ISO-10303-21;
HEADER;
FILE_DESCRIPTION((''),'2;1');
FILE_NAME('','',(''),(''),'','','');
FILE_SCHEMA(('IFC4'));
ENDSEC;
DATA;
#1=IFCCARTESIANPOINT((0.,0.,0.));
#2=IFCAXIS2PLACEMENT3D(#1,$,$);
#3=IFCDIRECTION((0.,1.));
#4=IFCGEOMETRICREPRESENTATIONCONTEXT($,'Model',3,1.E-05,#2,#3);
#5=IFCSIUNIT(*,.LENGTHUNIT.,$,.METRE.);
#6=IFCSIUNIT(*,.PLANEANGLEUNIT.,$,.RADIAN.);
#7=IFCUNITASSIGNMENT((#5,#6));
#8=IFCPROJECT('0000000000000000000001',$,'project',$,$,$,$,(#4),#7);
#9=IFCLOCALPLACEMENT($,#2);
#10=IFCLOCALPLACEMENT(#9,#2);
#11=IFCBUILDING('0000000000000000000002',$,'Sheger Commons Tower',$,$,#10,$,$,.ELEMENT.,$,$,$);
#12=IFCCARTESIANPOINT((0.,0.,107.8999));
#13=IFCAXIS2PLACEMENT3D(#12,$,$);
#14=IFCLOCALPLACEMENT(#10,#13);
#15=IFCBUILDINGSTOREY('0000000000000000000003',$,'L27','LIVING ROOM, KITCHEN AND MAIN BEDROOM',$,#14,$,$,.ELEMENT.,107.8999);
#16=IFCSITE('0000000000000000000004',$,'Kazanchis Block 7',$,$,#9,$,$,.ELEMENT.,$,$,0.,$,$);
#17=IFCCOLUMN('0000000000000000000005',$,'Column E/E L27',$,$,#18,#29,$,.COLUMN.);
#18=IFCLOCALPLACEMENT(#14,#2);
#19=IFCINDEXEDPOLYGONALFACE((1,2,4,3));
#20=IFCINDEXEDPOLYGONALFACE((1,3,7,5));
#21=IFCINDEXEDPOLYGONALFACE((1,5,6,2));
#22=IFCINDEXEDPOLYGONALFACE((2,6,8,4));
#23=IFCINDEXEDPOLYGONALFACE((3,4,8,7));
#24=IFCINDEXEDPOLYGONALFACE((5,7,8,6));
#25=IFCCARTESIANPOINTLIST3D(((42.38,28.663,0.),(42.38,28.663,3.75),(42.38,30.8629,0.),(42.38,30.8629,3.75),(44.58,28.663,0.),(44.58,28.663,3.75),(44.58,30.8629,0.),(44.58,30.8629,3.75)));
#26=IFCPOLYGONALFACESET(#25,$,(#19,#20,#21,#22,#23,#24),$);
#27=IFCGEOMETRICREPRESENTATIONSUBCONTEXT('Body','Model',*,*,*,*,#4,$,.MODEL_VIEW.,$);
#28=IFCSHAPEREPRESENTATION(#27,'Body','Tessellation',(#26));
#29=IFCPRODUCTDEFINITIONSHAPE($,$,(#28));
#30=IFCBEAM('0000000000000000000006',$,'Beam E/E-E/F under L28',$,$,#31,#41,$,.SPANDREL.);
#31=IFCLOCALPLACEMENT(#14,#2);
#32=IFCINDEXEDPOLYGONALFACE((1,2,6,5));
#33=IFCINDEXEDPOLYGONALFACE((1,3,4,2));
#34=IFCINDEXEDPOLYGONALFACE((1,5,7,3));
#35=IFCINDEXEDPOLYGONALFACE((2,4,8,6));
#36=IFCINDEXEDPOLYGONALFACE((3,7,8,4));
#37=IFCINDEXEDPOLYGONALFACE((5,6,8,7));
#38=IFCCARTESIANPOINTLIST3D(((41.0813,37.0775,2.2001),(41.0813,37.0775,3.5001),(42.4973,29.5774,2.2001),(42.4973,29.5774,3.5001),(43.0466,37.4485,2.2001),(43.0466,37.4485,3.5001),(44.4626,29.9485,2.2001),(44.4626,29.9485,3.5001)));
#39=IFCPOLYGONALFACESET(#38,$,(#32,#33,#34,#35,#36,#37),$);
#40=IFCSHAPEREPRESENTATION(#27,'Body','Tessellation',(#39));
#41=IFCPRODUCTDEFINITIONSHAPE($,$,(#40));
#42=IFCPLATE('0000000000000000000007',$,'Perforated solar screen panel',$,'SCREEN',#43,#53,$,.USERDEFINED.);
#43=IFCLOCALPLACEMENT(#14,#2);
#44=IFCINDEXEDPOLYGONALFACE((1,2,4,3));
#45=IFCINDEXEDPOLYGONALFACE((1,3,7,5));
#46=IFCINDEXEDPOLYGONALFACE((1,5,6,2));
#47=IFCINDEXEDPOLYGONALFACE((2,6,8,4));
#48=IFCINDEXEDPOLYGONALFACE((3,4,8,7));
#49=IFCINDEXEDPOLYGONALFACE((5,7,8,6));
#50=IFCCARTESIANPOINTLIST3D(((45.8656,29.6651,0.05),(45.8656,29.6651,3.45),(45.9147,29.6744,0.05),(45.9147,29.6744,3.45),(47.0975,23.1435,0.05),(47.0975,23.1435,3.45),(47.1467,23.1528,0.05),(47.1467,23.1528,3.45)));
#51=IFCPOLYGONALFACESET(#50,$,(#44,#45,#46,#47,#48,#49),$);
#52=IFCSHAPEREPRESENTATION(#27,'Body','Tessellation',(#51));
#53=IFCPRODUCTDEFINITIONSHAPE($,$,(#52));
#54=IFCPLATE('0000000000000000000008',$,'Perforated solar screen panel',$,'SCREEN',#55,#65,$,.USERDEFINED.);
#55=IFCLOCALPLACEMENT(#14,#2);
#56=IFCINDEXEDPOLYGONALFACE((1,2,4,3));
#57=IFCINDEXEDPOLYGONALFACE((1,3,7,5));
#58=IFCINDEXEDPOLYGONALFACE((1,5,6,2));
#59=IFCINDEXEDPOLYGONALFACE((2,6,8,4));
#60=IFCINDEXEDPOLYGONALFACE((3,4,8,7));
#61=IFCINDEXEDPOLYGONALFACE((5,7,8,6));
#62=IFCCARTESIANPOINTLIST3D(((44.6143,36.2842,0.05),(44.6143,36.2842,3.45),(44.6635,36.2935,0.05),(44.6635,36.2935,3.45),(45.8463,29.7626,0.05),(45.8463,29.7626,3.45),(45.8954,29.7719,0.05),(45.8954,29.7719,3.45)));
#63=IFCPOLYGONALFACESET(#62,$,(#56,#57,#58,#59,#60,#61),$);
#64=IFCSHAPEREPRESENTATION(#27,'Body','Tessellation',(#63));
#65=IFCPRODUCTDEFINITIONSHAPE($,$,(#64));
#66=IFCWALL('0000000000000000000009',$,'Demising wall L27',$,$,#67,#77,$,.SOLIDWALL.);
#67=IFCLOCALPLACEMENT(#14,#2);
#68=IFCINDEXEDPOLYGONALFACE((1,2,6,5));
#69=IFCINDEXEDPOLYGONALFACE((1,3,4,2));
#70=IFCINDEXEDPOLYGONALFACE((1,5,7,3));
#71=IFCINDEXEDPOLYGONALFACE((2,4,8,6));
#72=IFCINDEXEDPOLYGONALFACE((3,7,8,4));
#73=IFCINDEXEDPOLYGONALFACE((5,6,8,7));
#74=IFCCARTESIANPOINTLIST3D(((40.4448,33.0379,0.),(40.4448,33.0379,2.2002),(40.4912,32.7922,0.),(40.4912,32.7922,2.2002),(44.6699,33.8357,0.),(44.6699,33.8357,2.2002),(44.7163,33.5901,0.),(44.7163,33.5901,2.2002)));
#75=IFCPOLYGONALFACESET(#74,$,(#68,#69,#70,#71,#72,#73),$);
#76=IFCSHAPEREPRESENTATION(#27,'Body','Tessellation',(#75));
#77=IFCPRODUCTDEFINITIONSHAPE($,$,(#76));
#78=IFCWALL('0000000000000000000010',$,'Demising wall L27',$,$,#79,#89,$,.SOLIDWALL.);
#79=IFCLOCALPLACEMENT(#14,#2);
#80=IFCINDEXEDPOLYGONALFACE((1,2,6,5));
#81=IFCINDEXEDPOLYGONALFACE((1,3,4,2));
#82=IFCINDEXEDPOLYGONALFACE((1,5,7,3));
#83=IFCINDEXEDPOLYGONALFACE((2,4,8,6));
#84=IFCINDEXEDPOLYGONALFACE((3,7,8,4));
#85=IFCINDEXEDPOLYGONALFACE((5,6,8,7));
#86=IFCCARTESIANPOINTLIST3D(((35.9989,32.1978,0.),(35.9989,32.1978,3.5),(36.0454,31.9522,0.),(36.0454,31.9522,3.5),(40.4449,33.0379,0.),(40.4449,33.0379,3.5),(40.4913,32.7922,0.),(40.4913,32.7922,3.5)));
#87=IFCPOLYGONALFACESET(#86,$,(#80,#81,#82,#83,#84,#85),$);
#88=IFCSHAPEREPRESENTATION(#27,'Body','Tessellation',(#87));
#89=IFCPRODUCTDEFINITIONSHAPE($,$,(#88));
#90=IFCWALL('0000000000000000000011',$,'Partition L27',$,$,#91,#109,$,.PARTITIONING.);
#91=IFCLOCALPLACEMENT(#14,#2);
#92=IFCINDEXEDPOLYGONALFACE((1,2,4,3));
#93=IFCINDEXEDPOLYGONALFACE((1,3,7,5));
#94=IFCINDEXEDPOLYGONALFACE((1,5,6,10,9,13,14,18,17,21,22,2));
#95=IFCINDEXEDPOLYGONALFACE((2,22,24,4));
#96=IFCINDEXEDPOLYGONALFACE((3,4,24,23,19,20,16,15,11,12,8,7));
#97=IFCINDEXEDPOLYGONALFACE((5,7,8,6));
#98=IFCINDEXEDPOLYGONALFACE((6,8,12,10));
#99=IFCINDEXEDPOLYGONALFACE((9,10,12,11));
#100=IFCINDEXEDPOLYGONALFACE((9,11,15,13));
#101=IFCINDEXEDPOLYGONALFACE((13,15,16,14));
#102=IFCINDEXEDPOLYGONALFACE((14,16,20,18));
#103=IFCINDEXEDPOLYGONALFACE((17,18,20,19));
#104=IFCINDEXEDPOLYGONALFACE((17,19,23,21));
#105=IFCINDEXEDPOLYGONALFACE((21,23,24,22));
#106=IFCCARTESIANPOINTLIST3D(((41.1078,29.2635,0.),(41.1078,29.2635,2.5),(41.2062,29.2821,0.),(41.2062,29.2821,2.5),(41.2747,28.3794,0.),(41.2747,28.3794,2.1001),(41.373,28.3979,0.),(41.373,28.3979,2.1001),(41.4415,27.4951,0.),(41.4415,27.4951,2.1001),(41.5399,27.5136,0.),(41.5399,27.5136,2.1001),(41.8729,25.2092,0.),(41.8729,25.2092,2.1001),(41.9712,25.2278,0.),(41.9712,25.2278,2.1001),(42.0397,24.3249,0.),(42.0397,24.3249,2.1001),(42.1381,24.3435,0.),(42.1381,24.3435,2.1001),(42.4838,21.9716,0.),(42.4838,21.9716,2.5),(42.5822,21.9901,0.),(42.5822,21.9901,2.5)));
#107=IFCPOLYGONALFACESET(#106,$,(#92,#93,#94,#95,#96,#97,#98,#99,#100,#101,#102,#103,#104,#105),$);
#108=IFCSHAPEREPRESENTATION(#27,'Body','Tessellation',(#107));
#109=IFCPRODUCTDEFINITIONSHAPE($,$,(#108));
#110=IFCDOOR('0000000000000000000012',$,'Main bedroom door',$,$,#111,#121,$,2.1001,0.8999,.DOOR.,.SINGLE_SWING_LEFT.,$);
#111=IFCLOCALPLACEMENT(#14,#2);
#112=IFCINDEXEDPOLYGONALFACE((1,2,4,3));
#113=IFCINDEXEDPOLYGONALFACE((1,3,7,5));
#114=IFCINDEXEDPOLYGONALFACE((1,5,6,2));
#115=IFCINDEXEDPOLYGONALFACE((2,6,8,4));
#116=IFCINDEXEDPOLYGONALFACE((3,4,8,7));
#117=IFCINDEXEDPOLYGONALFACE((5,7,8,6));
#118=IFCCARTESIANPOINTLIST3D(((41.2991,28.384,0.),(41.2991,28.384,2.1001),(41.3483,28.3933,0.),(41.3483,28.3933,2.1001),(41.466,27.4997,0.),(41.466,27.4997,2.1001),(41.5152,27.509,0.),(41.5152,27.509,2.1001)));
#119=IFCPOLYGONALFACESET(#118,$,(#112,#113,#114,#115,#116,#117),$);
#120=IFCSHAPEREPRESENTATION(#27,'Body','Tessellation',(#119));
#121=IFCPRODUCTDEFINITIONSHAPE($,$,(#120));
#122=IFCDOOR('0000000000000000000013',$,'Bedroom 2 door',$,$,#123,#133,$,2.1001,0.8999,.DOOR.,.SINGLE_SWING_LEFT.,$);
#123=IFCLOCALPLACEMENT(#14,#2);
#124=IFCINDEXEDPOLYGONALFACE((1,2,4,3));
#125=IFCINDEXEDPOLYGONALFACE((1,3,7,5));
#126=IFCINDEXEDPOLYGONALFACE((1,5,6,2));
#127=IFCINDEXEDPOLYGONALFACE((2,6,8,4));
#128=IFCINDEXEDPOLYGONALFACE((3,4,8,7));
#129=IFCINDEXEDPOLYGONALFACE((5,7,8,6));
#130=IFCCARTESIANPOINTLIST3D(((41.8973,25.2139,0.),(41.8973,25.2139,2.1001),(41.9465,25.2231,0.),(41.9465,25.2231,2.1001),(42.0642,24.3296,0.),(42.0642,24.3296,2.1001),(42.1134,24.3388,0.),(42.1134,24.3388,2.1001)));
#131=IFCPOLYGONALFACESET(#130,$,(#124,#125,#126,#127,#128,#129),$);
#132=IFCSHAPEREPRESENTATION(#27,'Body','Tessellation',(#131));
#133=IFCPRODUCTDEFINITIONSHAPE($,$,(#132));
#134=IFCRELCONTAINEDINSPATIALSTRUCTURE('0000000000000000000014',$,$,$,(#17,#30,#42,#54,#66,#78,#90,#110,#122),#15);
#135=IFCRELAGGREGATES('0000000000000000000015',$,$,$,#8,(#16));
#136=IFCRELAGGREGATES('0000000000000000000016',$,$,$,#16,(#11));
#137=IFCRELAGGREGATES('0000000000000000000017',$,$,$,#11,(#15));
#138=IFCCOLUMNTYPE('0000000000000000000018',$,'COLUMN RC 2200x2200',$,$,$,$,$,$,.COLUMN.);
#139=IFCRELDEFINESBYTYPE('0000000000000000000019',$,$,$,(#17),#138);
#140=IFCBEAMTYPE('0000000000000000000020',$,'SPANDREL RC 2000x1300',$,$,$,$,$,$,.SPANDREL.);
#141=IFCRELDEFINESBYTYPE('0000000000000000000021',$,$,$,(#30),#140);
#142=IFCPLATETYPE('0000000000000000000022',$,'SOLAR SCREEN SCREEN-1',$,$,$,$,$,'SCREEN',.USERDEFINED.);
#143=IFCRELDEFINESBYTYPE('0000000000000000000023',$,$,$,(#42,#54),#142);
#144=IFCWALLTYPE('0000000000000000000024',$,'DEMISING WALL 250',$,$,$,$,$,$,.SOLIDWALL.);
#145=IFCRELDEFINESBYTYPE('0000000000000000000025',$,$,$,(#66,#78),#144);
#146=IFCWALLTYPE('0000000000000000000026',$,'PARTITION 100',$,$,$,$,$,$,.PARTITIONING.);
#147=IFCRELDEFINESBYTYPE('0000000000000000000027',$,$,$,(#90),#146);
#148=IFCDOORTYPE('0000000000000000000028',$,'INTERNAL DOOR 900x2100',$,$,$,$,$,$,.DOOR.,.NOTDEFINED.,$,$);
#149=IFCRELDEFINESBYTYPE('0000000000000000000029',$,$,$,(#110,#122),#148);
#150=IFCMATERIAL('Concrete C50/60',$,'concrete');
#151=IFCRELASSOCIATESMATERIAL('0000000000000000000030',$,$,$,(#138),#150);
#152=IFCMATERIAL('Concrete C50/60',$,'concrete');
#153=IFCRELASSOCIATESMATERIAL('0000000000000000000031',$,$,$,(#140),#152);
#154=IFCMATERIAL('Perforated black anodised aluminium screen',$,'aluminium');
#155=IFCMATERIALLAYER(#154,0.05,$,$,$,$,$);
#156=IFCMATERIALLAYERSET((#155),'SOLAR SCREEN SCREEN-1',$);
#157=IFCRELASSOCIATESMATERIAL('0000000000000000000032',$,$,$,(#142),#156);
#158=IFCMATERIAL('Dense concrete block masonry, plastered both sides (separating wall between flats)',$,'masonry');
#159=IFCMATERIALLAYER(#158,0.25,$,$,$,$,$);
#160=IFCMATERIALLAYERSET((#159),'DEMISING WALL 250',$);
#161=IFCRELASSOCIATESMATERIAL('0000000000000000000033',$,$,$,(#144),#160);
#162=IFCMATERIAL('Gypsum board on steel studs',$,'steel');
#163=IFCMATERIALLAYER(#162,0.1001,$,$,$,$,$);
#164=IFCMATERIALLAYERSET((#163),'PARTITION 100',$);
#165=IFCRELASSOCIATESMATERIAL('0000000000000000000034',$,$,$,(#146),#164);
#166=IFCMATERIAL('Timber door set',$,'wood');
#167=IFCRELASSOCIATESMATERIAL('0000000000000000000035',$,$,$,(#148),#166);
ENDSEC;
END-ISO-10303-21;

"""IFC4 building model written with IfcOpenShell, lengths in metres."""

from ifc_helpers import new_model, si_unit, direction, frame, frame_2d, origin, origin_2d, place, context, subcontext, project, spatial, rectangle, extrude, material, layer, layer_set, material_profile, profile_set, type_object, element, fill, save


model = new_model("IFC4")

# Units and contexts
model_context = context("Model", 3, precision=1e-05, world=origin(), true_north=direction((0.0, 1.0)))
body_context = subcontext(model_context, "Body", "Model", "MODEL_VIEW")
ifc_project = project(units=[si_unit("LENGTHUNIT", "METRE"), si_unit("PLANEANGLEUNIT", "RADIAN")], contexts=[model_context])

# Site, building, storey
site_placement = place(None, origin())
site = spatial("IfcSite", under=ifc_project, at=site_placement, Name="Kazanchis Block 7", CompositionType="ELEMENT", RefElevation=0.0)
building_placement = place(site_placement, origin())
building = spatial("IfcBuilding", under=site, at=building_placement, Name="Sheger Commons Tower", CompositionType="ELEMENT")
storey_placement = place(building_placement, frame((0.0, 0.0, 107.8999)))
storey = spatial("IfcBuildingStorey", under=building, at=storey_placement, Name="L27", Description="LIVING ROOM, KITCHEN AND MAIN BEDROOM", CompositionType="ELEMENT", Elevation=107.8999)

# Column
ifc_material_1 = material(Name="Concrete C50/60", Category="concrete")
ifc_material_profile_1 = material_profile(ifc_material_1, rectangle(XDim=2.2, YDim=2.2, at=origin_2d()), Name="RC 2200x2200")
ifc_profile_set_1 = profile_set([ifc_material_profile_1], Name="Concrete C50/60")
column_type = type_object("IfcColumnType", Name="COLUMN RC 2200x2200", PredefinedType="COLUMN", material=ifc_profile_set_1)
column_placement = place(storey_placement, frame((43.48, 29.7629, 0.0), z_axis=(0.0, 0.0, 1.0), x_axis=(1.0, 0.0, 0.0)))
element("IfcColumn", 1, at=column_placement, inside=storey, type_object=column_type, Name="Column E/E L27", PredefinedType="COLUMN", context=body_context, shape_type="SweptSolid", body=[
    extrude(rectangle(XDim=2.2, YDim=2.2, at=origin_2d()), origin(), (0.0, 0.0, 1.0), 3.75),
])

# Beam
ifc_material_2 = material(Name="Concrete C50/60", Category="concrete")
ifc_material_profile_2 = material_profile(ifc_material_2, rectangle(XDim=2.0, YDim=1.3, at=origin_2d()), Name="RC 2000x1300")
ifc_profile_set_2 = profile_set([ifc_material_profile_2], Name="Concrete C50/60")
beam_type = type_object("IfcBeamType", Name="SPANDREL RC 2000x1300", PredefinedType="SPANDREL", material=ifc_profile_set_2)
beam_placement = place(storey_placement, frame((43.48, 29.7629, 2.8501), z_axis=(-0.185524, 0.98264, 0.0), x_axis=(-0.98264, -0.185524, 0.0)))
element("IfcBeam", 2, at=beam_placement, inside=storey, type_object=beam_type, Name="Beam E/E-E/F under L28", PredefinedType="SPANDREL", context=body_context, shape_type="SweptSolid", body=[
    extrude(rectangle(XDim=2.0, YDim=1.3, at=origin_2d()), origin(), (0.0, 0.0, 1.0), 7.6326),
])

# Plates
ifc_material_3 = material(Name="Perforated black anodised aluminium screen", Category="aluminium")
ifc_layer_1 = layer(ifc_material_3, 0.05)
ifc_layer_set_1 = layer_set([ifc_layer_1], Name="SOLAR SCREEN SCREEN-1")
plate_type = type_object("IfcPlateType", Name="SOLAR SCREEN SCREEN-1", ElementType="SCREEN", PredefinedType="USERDEFINED", material=ifc_layer_set_1)
for number, where, z_axis, x_axis, name in (
    (3, (46.5061, 26.4089, 0.05), (0.0, 0.0, 1.0), (-0.185615, 0.982623, 0.0), "Perforated solar screen panel"),
    (4, (45.2549, 33.0281, 0.05), (0.0, 0.0, 1.0), (-0.185615, 0.982623, 0.0), "Perforated solar screen panel"),
):
    element("IfcPlate", number, at=place(storey_placement, frame(where, z_axis=z_axis, x_axis=x_axis)), inside=storey, type_object=plate_type, Name=name, ObjectType="SCREEN", PredefinedType="USERDEFINED", context=body_context, shape_type="SweptSolid", body=[
        extrude(rectangle(XDim=6.637, YDim=0.05, at=origin_2d()), origin(), (0.0, 0.0, 1.0), 3.3999),
    ])

# Walls
ifc_material_4 = material(Name="Dense concrete block masonry, plastered both sides (separating wall between flats)", Category="masonry")
ifc_layer_2 = layer(ifc_material_4, 0.25)
ifc_layer_set_2 = layer_set([ifc_layer_2], Name="DEMISING WALL 250")
wall_type_1 = type_object("IfcWallType", Name="DEMISING WALL 250", PredefinedType="SOLIDWALL", material=ifc_layer_set_2)
wall_1_placement = place(storey_placement, frame((44.6931, 33.7129, 0.0), z_axis=(0.0, 0.0, 1.0), x_axis=(-0.982634, -0.185557, 0.0)))
element("IfcWall", 5, at=wall_1_placement, inside=storey, type_object=wall_type_1, Name="Demising wall L27", PredefinedType="SOLIDWALL", context=body_context, shape_type="SweptSolid", body=[
    extrude(rectangle(XDim=4.2998, YDim=0.25, at=frame_2d((2.1499, 0.0))), origin(), (0.0, 0.0, 1.0), 2.2002),
])
wall_2_placement = place(storey_placement, frame((40.468, 32.915, 0.0), z_axis=(0.0, 0.0, 1.0), x_axis=(-0.982613, -0.185666, 0.0)))
element("IfcWall", 6, at=wall_2_placement, inside=storey, type_object=wall_type_1, Name="Demising wall L27", PredefinedType="SOLIDWALL", context=body_context, shape_type="SweptSolid", body=[
    extrude(rectangle(XDim=4.5247, YDim=0.25, at=frame_2d((2.2622, 0.0))), origin(), (0.0, 0.0, 1.0), 3.5),
])

# Wall, openings, doors
ifc_material_5 = material(Name="Gypsum board on steel studs", Category="steel")
ifc_layer_3 = layer(ifc_material_5, 0.1001)
ifc_layer_set_3 = layer_set([ifc_layer_3], Name="PARTITION 100")
wall_type_2 = type_object("IfcWallType", Name="PARTITION 100", PredefinedType="PARTITIONING", material=ifc_layer_set_3)
wall_3_placement = place(storey_placement, frame((41.157, 29.2729, 0.0), z_axis=(0.0, 0.0, 1.0), x_axis=(0.185425, -0.982658, 0.0)))
wall_3 = element("IfcWall", 7, at=wall_3_placement, inside=storey, type_object=wall_type_2, Name="Partition L27", PredefinedType="PARTITIONING", context=body_context, shape_type="SweptSolid", body=[
    extrude(rectangle(XDim=7.4207, YDim=0.1001, at=frame_2d((3.7104, 0.0))), origin(), (0.0, 0.0, 1.0), 2.5),
])
opening_1_placement = place(wall_3_placement, frame((0.8999, 0.0, 0.0)))
opening_1 = element("IfcOpeningElement", 8, at=opening_1_placement, cuts=wall_3, PredefinedType="OPENING", context=body_context, shape_type="SweptSolid", body=[
    extrude(rectangle(XDim=0.8999, YDim=2.1001, at=frame_2d((0.45, 1.05))), frame((0.0, 0.0601, 0.0), z_axis=(0.0, -1.0, 0.0), x_axis=(1.0, 0.0, 0.0)), (0.0, 0.0, 1.0), 0.1201),
])
opening_2_placement = place(wall_3_placement, frame((4.126, 0.0, 0.0)))
opening_2 = element("IfcOpeningElement", 9, at=opening_2_placement, cuts=wall_3, PredefinedType="OPENING", context=body_context, shape_type="SweptSolid", body=[
    extrude(rectangle(XDim=0.8999, YDim=2.1001, at=frame_2d((0.45, 1.05))), frame((0.0, 0.0601, 0.0), z_axis=(0.0, -1.0, 0.0), x_axis=(1.0, 0.0, 0.0)), (0.0, 0.0, 1.0), 0.1201),
])
ifc_material_6 = material(Name="Timber door set", Category="wood")
door_type = type_object("IfcDoorType", Name="INTERNAL DOOR 900x2100", OperationType="NOTDEFINED", PredefinedType="DOOR", material=ifc_material_6)
door_1_placement = place(opening_1_placement, origin())
door_1 = element("IfcDoor", 10, at=door_1_placement, inside=storey, type_object=door_type, Name="Main bedroom door", OperationType="SINGLE_SWING_LEFT", OverallHeight=2.1001, OverallWidth=0.8999, PredefinedType="DOOR", context=body_context, shape_type="SweptSolid", body=[
    extrude(rectangle(XDim=0.8999, YDim=2.1001, at=frame_2d((0.45, 1.05))), frame((0.0, 0.0249, 0.0), z_axis=(0.0, -1.0, 0.0), x_axis=(1.0, 0.0, 0.0)), (0.0, 0.0, 1.0), 0.05),
])
fill(opening_1, door_1)
door_2_placement = place(opening_2_placement, origin())
door_2 = element("IfcDoor", 11, at=door_2_placement, inside=storey, type_object=door_type, Name="Bedroom 2 door", OperationType="SINGLE_SWING_LEFT", OverallHeight=2.1001, OverallWidth=0.8999, PredefinedType="DOOR", context=body_context, shape_type="SweptSolid", body=[
    extrude(rectangle(XDim=0.8999, YDim=2.1001, at=frame_2d((0.45, 1.05))), frame((0.0, 0.0249, 0.0), z_axis=(0.0, -1.0, 0.0), x_axis=(1.0, 0.0, 0.0)), (0.0, 0.0, 1.0), 0.05),
])
fill(opening_2, door_2)

save(model, "model.ifc")
